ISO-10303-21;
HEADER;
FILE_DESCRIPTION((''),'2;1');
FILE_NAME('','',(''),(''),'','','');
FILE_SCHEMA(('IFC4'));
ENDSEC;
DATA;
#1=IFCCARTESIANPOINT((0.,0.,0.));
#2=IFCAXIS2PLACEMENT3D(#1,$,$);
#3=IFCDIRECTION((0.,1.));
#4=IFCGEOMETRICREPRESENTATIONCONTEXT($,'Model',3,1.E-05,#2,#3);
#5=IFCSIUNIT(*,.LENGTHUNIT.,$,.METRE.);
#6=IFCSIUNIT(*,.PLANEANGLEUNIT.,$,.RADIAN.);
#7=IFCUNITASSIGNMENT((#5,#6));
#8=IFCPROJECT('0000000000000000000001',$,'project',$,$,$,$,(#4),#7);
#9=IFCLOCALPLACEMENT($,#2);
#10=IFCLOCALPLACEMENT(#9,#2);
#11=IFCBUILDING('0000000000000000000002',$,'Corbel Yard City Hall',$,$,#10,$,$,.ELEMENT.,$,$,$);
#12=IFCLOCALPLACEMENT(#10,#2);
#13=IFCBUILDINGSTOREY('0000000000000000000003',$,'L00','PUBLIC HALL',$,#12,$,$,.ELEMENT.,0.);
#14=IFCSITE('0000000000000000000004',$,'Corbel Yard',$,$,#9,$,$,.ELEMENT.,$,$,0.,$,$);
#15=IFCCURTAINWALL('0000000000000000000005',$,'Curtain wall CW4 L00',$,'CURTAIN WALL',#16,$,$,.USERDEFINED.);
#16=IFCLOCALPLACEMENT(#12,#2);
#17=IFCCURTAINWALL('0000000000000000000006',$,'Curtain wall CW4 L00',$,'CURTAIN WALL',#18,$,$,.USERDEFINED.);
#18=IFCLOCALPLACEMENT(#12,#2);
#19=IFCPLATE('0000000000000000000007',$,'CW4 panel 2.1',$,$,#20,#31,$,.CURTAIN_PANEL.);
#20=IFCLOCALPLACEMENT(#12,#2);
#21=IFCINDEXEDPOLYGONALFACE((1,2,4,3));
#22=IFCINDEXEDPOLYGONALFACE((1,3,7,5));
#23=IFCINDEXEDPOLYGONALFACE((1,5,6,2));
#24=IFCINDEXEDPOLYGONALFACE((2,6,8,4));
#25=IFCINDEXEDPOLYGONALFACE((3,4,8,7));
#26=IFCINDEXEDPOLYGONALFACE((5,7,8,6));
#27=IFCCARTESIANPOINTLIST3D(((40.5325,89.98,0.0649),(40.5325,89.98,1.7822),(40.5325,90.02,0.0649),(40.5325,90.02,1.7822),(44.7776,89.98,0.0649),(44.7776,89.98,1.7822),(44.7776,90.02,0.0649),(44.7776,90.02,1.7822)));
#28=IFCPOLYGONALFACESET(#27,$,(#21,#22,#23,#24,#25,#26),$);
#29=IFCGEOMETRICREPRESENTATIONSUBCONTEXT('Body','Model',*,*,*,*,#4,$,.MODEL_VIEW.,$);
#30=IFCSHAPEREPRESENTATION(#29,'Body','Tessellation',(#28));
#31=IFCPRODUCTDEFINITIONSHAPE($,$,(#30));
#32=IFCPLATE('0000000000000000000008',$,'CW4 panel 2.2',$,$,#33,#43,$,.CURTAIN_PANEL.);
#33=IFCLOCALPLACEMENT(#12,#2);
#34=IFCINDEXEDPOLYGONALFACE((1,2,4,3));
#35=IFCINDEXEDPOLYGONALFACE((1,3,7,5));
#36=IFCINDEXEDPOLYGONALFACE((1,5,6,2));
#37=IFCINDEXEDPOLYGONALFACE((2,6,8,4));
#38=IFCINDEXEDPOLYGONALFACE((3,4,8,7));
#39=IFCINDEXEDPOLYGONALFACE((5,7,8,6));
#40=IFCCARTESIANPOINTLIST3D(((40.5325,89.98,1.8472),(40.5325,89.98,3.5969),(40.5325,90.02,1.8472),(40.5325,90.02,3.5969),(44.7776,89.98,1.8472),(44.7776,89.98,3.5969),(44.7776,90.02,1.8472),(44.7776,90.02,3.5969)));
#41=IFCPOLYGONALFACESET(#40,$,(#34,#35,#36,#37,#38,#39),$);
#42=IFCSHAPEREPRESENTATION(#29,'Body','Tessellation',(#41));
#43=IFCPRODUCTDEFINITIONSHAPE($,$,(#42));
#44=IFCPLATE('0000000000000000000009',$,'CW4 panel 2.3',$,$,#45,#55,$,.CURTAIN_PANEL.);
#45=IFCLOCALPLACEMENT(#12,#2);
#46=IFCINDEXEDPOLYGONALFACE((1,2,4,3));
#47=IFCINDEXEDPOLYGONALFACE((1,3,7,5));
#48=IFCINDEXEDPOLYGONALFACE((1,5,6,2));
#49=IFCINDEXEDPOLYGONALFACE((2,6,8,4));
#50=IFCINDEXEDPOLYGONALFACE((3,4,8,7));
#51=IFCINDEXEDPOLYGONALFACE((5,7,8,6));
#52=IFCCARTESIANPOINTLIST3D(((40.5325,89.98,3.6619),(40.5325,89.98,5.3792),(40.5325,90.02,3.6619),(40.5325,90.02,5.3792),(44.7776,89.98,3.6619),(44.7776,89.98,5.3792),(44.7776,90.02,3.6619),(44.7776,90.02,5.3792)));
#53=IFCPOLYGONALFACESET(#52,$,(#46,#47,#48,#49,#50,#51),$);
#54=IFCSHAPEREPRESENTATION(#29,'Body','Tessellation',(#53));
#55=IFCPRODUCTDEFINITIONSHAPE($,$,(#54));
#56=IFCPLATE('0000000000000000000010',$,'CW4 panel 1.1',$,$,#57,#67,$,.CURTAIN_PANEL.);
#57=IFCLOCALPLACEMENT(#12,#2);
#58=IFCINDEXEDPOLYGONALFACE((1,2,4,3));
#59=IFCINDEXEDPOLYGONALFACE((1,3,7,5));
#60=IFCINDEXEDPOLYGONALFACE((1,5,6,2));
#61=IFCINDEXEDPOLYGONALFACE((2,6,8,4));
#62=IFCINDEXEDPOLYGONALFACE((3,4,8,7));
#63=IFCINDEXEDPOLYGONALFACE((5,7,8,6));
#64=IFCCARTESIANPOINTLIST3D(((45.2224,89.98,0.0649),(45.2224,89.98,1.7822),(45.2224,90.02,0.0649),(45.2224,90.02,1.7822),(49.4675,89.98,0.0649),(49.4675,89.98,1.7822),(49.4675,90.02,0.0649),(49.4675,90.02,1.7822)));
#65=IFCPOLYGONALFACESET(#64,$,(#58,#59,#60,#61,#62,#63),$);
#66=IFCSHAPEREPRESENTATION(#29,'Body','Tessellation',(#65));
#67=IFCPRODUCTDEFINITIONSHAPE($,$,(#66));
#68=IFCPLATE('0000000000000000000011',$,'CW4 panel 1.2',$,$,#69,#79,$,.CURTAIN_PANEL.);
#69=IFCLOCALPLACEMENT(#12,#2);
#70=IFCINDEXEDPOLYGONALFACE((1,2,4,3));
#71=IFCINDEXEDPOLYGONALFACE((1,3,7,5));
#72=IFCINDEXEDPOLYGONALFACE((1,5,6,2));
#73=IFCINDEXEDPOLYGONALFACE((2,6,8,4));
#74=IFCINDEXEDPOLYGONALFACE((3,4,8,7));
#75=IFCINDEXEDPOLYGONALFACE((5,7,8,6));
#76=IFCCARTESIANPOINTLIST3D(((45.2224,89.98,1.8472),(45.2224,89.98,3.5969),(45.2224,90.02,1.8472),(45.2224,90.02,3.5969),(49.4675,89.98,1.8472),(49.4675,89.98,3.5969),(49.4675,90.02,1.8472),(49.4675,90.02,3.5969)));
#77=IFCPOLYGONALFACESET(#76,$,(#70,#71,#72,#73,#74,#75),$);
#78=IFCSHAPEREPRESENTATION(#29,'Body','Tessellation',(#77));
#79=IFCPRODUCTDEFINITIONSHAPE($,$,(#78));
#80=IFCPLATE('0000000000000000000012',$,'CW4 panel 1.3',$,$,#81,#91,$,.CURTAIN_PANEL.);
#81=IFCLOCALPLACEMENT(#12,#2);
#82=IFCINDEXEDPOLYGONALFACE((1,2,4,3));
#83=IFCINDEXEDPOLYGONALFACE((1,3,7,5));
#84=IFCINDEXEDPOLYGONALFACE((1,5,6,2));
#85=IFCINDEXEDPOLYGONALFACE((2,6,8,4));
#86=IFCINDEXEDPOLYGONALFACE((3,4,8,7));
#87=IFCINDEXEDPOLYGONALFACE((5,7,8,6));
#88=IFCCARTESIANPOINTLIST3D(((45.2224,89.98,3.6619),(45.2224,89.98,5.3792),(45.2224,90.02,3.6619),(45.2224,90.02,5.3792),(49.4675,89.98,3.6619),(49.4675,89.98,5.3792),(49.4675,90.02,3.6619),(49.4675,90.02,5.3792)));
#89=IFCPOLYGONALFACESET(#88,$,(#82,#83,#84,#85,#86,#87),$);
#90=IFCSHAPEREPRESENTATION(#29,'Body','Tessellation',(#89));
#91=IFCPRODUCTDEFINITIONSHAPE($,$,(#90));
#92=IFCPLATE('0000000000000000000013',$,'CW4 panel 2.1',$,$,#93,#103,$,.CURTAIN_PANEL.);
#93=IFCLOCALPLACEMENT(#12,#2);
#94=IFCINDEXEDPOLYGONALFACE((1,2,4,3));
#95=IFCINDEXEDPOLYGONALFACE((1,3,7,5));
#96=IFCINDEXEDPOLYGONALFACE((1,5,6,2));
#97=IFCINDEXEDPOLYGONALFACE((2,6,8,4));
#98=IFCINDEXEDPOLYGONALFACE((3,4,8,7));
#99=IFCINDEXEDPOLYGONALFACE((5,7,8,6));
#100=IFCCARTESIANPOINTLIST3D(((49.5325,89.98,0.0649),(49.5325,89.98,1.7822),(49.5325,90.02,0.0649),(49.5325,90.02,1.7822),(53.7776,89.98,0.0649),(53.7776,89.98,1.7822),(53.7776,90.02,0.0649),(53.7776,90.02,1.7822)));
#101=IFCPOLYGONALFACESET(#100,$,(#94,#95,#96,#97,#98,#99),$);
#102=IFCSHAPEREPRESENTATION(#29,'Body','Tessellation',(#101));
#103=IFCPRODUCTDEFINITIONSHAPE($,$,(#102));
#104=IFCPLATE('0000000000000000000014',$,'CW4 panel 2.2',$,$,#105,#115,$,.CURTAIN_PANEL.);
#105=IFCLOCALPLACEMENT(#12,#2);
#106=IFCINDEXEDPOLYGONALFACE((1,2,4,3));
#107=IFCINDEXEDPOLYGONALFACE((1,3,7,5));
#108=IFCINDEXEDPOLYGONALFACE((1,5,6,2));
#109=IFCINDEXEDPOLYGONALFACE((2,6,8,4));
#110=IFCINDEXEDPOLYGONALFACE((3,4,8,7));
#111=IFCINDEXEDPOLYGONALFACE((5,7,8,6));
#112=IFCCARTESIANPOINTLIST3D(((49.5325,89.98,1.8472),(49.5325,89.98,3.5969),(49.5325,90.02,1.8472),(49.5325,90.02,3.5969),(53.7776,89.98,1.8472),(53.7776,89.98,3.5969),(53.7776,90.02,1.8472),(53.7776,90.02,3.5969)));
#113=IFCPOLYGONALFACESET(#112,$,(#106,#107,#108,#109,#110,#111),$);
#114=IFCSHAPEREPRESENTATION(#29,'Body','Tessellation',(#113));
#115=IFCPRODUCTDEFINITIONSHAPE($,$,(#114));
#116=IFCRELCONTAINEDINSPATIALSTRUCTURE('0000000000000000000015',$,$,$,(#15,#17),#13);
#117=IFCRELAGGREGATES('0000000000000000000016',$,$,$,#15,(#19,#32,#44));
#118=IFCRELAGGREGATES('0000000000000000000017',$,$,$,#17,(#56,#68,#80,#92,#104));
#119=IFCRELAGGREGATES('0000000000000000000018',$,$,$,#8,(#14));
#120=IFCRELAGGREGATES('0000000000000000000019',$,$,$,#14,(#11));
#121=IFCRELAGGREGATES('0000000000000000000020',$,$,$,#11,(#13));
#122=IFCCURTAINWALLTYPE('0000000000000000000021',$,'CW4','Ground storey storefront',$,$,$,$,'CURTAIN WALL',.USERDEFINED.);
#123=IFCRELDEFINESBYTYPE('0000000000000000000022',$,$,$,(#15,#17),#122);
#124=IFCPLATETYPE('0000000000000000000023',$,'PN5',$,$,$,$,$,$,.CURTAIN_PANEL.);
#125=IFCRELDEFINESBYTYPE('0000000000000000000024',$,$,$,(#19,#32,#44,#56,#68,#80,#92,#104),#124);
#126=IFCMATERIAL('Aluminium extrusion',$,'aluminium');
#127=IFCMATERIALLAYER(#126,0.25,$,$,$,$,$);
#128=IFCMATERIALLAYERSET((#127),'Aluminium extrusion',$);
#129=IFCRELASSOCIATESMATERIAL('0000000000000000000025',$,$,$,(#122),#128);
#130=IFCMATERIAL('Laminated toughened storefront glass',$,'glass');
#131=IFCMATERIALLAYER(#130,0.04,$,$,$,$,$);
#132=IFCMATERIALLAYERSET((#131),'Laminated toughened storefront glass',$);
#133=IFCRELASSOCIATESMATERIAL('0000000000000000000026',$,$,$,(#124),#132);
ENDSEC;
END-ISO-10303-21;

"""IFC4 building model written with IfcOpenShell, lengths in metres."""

from ifc_helpers import new_model, si_unit, direction, frame, origin, origin_2d, place, context, subcontext, project, spatial, rectangle, extrude, material, layer, layer_set, type_object, element, aggregate, save


model = new_model("IFC4")

# Units and contexts
model_context = context("Model", 3, precision=1e-05, world=origin(), true_north=direction((0.0, 1.0)))
body_context = subcontext(model_context, "Body", "Model", "MODEL_VIEW")
ifc_project = project(units=[si_unit("LENGTHUNIT", "METRE"), si_unit("PLANEANGLEUNIT", "RADIAN")], contexts=[model_context])

# Site, building, storey
site_placement = place(None, origin())
site = spatial("IfcSite", under=ifc_project, at=site_placement, Name="Corbel Yard", CompositionType="ELEMENT", RefElevation=0.0)
building_placement = place(site_placement, origin())
building = spatial("IfcBuilding", under=site, at=building_placement, Name="Corbel Yard City Hall", CompositionType="ELEMENT")
storey_placement = place(building_placement, origin())
storey = spatial("IfcBuildingStorey", under=building, at=storey_placement, Name="L00", Description="PUBLIC HALL", CompositionType="ELEMENT", Elevation=0.0)

# Curtain wall
ifc_material_1 = material(Name="Aluminium extrusion", Category="aluminium")
ifc_layer_1 = layer(ifc_material_1, 0.25)
ifc_layer_set_1 = layer_set([ifc_layer_1], Name="Aluminium extrusion")
curtain_wall_type = type_object("IfcCurtainWallType", Name="CW4", Description="Ground storey storefront", ElementType="CURTAIN WALL", PredefinedType="USERDEFINED", material=ifc_layer_set_1)
curtain_wall_1_placement = place(storey_placement, origin())
curtain_wall_1 = element("IfcCurtainWall", 1, at=curtain_wall_1_placement, inside=storey, type_object=curtain_wall_type, Name="Curtain wall CW4 L00", ObjectType="CURTAIN WALL", PredefinedType="USERDEFINED")

# Curtain wall
curtain_wall_2_placement = place(storey_placement, origin())
curtain_wall_2 = element("IfcCurtainWall", 2, at=curtain_wall_2_placement, inside=storey, type_object=curtain_wall_type, Name="Curtain wall CW4 L00", ObjectType="CURTAIN WALL", PredefinedType="USERDEFINED")

# Plates
ifc_material_2 = material(Name="Laminated toughened storefront glass", Category="glass")
ifc_layer_2 = layer(ifc_material_2, 0.04)
ifc_layer_set_2 = layer_set([ifc_layer_2], Name="Laminated toughened storefront glass")
plate_type = type_object("IfcPlateType", Name="PN5", PredefinedType="CURTAIN_PANEL", material=ifc_layer_set_2)
plate_1_placement = place(storey_placement, frame((42.655, 90.0, 0.0649), z_axis=(0.0, 0.0, 1.0), x_axis=(1.0, 0.0, 0.0)))
plate_1 = element("IfcPlate", 3, at=plate_1_placement, type_object=plate_type, Name="CW4 panel 2.1", PredefinedType="CURTAIN_PANEL", context=body_context, shape_type="SweptSolid", body=[
    extrude(rectangle(XDim=4.2451, YDim=0.04, at=origin_2d()), origin(), (0.0, 0.0, 1.0), 1.7173),
])
plate_2_placement = place(storey_placement, frame((42.655, 90.0, 1.8472), z_axis=(0.0, 0.0, 1.0), x_axis=(1.0, 0.0, 0.0)))
plate_2 = element("IfcPlate", 4, at=plate_2_placement, type_object=plate_type, Name="CW4 panel 2.2", PredefinedType="CURTAIN_PANEL", context=body_context, shape_type="SweptSolid", body=[
    extrude(rectangle(XDim=4.2451, YDim=0.04, at=origin_2d()), origin(), (0.0, 0.0, 1.0), 1.7498),
])
plate_3_placement = place(storey_placement, frame((42.655, 90.0, 3.6619), z_axis=(0.0, 0.0, 1.0), x_axis=(1.0, 0.0, 0.0)))
plate_3 = element("IfcPlate", 5, at=plate_3_placement, type_object=plate_type, Name="CW4 panel 2.3", PredefinedType="CURTAIN_PANEL", context=body_context, shape_type="SweptSolid", body=[
    extrude(rectangle(XDim=4.2451, YDim=0.04, at=origin_2d()), origin(), (0.0, 0.0, 1.0), 1.7173),
])
aggregate(curtain_wall_1, [plate_1, plate_2, plate_3])
plate_4_placement = place(storey_placement, frame((47.345, 90.0, 0.0649), z_axis=(0.0, 0.0, 1.0), x_axis=(1.0, 0.0, 0.0)))
plate_4 = element("IfcPlate", 6, at=plate_4_placement, type_object=plate_type, Name="CW4 panel 1.1", PredefinedType="CURTAIN_PANEL", context=body_context, shape_type="SweptSolid", body=[
    extrude(rectangle(XDim=4.2451, YDim=0.04, at=origin_2d()), origin(), (0.0, 0.0, 1.0), 1.7173),
])
plate_5_placement = place(storey_placement, frame((47.345, 90.0, 1.8472), z_axis=(0.0, 0.0, 1.0), x_axis=(1.0, 0.0, 0.0)))
plate_5 = element("IfcPlate", 7, at=plate_5_placement, type_object=plate_type, Name="CW4 panel 1.2", PredefinedType="CURTAIN_PANEL", context=body_context, shape_type="SweptSolid", body=[
    extrude(rectangle(XDim=4.2451, YDim=0.04, at=origin_2d()), origin(), (0.0, 0.0, 1.0), 1.7498),
])
plate_6_placement = place(storey_placement, frame((47.345, 90.0, 3.6619), z_axis=(0.0, 0.0, 1.0), x_axis=(1.0, 0.0, 0.0)))
plate_6 = element("IfcPlate", 8, at=plate_6_placement, type_object=plate_type, Name="CW4 panel 1.3", PredefinedType="CURTAIN_PANEL", context=body_context, shape_type="SweptSolid", body=[
    extrude(rectangle(XDim=4.2451, YDim=0.04, at=origin_2d()), origin(), (0.0, 0.0, 1.0), 1.7173),
])
plate_7_placement = place(storey_placement, frame((51.655, 90.0, 0.0649), z_axis=(0.0, 0.0, 1.0), x_axis=(1.0, 0.0, 0.0)))
plate_7 = element("IfcPlate", 9, at=plate_7_placement, type_object=plate_type, Name="CW4 panel 2.1", PredefinedType="CURTAIN_PANEL", context=body_context, shape_type="SweptSolid", body=[
    extrude(rectangle(XDim=4.2451, YDim=0.04, at=origin_2d()), origin(), (0.0, 0.0, 1.0), 1.7173),
])
plate_8_placement = place(storey_placement, frame((51.655, 90.0, 1.8472), z_axis=(0.0, 0.0, 1.0), x_axis=(1.0, 0.0, 0.0)))
plate_8 = element("IfcPlate", 10, at=plate_8_placement, type_object=plate_type, Name="CW4 panel 2.2", PredefinedType="CURTAIN_PANEL", context=body_context, shape_type="SweptSolid", body=[
    extrude(rectangle(XDim=4.2451, YDim=0.04, at=origin_2d()), origin(), (0.0, 0.0, 1.0), 1.7498),
])
aggregate(curtain_wall_2, [plate_4, plate_5, plate_6, plate_7, plate_8])

save(model, "model.ifc")
